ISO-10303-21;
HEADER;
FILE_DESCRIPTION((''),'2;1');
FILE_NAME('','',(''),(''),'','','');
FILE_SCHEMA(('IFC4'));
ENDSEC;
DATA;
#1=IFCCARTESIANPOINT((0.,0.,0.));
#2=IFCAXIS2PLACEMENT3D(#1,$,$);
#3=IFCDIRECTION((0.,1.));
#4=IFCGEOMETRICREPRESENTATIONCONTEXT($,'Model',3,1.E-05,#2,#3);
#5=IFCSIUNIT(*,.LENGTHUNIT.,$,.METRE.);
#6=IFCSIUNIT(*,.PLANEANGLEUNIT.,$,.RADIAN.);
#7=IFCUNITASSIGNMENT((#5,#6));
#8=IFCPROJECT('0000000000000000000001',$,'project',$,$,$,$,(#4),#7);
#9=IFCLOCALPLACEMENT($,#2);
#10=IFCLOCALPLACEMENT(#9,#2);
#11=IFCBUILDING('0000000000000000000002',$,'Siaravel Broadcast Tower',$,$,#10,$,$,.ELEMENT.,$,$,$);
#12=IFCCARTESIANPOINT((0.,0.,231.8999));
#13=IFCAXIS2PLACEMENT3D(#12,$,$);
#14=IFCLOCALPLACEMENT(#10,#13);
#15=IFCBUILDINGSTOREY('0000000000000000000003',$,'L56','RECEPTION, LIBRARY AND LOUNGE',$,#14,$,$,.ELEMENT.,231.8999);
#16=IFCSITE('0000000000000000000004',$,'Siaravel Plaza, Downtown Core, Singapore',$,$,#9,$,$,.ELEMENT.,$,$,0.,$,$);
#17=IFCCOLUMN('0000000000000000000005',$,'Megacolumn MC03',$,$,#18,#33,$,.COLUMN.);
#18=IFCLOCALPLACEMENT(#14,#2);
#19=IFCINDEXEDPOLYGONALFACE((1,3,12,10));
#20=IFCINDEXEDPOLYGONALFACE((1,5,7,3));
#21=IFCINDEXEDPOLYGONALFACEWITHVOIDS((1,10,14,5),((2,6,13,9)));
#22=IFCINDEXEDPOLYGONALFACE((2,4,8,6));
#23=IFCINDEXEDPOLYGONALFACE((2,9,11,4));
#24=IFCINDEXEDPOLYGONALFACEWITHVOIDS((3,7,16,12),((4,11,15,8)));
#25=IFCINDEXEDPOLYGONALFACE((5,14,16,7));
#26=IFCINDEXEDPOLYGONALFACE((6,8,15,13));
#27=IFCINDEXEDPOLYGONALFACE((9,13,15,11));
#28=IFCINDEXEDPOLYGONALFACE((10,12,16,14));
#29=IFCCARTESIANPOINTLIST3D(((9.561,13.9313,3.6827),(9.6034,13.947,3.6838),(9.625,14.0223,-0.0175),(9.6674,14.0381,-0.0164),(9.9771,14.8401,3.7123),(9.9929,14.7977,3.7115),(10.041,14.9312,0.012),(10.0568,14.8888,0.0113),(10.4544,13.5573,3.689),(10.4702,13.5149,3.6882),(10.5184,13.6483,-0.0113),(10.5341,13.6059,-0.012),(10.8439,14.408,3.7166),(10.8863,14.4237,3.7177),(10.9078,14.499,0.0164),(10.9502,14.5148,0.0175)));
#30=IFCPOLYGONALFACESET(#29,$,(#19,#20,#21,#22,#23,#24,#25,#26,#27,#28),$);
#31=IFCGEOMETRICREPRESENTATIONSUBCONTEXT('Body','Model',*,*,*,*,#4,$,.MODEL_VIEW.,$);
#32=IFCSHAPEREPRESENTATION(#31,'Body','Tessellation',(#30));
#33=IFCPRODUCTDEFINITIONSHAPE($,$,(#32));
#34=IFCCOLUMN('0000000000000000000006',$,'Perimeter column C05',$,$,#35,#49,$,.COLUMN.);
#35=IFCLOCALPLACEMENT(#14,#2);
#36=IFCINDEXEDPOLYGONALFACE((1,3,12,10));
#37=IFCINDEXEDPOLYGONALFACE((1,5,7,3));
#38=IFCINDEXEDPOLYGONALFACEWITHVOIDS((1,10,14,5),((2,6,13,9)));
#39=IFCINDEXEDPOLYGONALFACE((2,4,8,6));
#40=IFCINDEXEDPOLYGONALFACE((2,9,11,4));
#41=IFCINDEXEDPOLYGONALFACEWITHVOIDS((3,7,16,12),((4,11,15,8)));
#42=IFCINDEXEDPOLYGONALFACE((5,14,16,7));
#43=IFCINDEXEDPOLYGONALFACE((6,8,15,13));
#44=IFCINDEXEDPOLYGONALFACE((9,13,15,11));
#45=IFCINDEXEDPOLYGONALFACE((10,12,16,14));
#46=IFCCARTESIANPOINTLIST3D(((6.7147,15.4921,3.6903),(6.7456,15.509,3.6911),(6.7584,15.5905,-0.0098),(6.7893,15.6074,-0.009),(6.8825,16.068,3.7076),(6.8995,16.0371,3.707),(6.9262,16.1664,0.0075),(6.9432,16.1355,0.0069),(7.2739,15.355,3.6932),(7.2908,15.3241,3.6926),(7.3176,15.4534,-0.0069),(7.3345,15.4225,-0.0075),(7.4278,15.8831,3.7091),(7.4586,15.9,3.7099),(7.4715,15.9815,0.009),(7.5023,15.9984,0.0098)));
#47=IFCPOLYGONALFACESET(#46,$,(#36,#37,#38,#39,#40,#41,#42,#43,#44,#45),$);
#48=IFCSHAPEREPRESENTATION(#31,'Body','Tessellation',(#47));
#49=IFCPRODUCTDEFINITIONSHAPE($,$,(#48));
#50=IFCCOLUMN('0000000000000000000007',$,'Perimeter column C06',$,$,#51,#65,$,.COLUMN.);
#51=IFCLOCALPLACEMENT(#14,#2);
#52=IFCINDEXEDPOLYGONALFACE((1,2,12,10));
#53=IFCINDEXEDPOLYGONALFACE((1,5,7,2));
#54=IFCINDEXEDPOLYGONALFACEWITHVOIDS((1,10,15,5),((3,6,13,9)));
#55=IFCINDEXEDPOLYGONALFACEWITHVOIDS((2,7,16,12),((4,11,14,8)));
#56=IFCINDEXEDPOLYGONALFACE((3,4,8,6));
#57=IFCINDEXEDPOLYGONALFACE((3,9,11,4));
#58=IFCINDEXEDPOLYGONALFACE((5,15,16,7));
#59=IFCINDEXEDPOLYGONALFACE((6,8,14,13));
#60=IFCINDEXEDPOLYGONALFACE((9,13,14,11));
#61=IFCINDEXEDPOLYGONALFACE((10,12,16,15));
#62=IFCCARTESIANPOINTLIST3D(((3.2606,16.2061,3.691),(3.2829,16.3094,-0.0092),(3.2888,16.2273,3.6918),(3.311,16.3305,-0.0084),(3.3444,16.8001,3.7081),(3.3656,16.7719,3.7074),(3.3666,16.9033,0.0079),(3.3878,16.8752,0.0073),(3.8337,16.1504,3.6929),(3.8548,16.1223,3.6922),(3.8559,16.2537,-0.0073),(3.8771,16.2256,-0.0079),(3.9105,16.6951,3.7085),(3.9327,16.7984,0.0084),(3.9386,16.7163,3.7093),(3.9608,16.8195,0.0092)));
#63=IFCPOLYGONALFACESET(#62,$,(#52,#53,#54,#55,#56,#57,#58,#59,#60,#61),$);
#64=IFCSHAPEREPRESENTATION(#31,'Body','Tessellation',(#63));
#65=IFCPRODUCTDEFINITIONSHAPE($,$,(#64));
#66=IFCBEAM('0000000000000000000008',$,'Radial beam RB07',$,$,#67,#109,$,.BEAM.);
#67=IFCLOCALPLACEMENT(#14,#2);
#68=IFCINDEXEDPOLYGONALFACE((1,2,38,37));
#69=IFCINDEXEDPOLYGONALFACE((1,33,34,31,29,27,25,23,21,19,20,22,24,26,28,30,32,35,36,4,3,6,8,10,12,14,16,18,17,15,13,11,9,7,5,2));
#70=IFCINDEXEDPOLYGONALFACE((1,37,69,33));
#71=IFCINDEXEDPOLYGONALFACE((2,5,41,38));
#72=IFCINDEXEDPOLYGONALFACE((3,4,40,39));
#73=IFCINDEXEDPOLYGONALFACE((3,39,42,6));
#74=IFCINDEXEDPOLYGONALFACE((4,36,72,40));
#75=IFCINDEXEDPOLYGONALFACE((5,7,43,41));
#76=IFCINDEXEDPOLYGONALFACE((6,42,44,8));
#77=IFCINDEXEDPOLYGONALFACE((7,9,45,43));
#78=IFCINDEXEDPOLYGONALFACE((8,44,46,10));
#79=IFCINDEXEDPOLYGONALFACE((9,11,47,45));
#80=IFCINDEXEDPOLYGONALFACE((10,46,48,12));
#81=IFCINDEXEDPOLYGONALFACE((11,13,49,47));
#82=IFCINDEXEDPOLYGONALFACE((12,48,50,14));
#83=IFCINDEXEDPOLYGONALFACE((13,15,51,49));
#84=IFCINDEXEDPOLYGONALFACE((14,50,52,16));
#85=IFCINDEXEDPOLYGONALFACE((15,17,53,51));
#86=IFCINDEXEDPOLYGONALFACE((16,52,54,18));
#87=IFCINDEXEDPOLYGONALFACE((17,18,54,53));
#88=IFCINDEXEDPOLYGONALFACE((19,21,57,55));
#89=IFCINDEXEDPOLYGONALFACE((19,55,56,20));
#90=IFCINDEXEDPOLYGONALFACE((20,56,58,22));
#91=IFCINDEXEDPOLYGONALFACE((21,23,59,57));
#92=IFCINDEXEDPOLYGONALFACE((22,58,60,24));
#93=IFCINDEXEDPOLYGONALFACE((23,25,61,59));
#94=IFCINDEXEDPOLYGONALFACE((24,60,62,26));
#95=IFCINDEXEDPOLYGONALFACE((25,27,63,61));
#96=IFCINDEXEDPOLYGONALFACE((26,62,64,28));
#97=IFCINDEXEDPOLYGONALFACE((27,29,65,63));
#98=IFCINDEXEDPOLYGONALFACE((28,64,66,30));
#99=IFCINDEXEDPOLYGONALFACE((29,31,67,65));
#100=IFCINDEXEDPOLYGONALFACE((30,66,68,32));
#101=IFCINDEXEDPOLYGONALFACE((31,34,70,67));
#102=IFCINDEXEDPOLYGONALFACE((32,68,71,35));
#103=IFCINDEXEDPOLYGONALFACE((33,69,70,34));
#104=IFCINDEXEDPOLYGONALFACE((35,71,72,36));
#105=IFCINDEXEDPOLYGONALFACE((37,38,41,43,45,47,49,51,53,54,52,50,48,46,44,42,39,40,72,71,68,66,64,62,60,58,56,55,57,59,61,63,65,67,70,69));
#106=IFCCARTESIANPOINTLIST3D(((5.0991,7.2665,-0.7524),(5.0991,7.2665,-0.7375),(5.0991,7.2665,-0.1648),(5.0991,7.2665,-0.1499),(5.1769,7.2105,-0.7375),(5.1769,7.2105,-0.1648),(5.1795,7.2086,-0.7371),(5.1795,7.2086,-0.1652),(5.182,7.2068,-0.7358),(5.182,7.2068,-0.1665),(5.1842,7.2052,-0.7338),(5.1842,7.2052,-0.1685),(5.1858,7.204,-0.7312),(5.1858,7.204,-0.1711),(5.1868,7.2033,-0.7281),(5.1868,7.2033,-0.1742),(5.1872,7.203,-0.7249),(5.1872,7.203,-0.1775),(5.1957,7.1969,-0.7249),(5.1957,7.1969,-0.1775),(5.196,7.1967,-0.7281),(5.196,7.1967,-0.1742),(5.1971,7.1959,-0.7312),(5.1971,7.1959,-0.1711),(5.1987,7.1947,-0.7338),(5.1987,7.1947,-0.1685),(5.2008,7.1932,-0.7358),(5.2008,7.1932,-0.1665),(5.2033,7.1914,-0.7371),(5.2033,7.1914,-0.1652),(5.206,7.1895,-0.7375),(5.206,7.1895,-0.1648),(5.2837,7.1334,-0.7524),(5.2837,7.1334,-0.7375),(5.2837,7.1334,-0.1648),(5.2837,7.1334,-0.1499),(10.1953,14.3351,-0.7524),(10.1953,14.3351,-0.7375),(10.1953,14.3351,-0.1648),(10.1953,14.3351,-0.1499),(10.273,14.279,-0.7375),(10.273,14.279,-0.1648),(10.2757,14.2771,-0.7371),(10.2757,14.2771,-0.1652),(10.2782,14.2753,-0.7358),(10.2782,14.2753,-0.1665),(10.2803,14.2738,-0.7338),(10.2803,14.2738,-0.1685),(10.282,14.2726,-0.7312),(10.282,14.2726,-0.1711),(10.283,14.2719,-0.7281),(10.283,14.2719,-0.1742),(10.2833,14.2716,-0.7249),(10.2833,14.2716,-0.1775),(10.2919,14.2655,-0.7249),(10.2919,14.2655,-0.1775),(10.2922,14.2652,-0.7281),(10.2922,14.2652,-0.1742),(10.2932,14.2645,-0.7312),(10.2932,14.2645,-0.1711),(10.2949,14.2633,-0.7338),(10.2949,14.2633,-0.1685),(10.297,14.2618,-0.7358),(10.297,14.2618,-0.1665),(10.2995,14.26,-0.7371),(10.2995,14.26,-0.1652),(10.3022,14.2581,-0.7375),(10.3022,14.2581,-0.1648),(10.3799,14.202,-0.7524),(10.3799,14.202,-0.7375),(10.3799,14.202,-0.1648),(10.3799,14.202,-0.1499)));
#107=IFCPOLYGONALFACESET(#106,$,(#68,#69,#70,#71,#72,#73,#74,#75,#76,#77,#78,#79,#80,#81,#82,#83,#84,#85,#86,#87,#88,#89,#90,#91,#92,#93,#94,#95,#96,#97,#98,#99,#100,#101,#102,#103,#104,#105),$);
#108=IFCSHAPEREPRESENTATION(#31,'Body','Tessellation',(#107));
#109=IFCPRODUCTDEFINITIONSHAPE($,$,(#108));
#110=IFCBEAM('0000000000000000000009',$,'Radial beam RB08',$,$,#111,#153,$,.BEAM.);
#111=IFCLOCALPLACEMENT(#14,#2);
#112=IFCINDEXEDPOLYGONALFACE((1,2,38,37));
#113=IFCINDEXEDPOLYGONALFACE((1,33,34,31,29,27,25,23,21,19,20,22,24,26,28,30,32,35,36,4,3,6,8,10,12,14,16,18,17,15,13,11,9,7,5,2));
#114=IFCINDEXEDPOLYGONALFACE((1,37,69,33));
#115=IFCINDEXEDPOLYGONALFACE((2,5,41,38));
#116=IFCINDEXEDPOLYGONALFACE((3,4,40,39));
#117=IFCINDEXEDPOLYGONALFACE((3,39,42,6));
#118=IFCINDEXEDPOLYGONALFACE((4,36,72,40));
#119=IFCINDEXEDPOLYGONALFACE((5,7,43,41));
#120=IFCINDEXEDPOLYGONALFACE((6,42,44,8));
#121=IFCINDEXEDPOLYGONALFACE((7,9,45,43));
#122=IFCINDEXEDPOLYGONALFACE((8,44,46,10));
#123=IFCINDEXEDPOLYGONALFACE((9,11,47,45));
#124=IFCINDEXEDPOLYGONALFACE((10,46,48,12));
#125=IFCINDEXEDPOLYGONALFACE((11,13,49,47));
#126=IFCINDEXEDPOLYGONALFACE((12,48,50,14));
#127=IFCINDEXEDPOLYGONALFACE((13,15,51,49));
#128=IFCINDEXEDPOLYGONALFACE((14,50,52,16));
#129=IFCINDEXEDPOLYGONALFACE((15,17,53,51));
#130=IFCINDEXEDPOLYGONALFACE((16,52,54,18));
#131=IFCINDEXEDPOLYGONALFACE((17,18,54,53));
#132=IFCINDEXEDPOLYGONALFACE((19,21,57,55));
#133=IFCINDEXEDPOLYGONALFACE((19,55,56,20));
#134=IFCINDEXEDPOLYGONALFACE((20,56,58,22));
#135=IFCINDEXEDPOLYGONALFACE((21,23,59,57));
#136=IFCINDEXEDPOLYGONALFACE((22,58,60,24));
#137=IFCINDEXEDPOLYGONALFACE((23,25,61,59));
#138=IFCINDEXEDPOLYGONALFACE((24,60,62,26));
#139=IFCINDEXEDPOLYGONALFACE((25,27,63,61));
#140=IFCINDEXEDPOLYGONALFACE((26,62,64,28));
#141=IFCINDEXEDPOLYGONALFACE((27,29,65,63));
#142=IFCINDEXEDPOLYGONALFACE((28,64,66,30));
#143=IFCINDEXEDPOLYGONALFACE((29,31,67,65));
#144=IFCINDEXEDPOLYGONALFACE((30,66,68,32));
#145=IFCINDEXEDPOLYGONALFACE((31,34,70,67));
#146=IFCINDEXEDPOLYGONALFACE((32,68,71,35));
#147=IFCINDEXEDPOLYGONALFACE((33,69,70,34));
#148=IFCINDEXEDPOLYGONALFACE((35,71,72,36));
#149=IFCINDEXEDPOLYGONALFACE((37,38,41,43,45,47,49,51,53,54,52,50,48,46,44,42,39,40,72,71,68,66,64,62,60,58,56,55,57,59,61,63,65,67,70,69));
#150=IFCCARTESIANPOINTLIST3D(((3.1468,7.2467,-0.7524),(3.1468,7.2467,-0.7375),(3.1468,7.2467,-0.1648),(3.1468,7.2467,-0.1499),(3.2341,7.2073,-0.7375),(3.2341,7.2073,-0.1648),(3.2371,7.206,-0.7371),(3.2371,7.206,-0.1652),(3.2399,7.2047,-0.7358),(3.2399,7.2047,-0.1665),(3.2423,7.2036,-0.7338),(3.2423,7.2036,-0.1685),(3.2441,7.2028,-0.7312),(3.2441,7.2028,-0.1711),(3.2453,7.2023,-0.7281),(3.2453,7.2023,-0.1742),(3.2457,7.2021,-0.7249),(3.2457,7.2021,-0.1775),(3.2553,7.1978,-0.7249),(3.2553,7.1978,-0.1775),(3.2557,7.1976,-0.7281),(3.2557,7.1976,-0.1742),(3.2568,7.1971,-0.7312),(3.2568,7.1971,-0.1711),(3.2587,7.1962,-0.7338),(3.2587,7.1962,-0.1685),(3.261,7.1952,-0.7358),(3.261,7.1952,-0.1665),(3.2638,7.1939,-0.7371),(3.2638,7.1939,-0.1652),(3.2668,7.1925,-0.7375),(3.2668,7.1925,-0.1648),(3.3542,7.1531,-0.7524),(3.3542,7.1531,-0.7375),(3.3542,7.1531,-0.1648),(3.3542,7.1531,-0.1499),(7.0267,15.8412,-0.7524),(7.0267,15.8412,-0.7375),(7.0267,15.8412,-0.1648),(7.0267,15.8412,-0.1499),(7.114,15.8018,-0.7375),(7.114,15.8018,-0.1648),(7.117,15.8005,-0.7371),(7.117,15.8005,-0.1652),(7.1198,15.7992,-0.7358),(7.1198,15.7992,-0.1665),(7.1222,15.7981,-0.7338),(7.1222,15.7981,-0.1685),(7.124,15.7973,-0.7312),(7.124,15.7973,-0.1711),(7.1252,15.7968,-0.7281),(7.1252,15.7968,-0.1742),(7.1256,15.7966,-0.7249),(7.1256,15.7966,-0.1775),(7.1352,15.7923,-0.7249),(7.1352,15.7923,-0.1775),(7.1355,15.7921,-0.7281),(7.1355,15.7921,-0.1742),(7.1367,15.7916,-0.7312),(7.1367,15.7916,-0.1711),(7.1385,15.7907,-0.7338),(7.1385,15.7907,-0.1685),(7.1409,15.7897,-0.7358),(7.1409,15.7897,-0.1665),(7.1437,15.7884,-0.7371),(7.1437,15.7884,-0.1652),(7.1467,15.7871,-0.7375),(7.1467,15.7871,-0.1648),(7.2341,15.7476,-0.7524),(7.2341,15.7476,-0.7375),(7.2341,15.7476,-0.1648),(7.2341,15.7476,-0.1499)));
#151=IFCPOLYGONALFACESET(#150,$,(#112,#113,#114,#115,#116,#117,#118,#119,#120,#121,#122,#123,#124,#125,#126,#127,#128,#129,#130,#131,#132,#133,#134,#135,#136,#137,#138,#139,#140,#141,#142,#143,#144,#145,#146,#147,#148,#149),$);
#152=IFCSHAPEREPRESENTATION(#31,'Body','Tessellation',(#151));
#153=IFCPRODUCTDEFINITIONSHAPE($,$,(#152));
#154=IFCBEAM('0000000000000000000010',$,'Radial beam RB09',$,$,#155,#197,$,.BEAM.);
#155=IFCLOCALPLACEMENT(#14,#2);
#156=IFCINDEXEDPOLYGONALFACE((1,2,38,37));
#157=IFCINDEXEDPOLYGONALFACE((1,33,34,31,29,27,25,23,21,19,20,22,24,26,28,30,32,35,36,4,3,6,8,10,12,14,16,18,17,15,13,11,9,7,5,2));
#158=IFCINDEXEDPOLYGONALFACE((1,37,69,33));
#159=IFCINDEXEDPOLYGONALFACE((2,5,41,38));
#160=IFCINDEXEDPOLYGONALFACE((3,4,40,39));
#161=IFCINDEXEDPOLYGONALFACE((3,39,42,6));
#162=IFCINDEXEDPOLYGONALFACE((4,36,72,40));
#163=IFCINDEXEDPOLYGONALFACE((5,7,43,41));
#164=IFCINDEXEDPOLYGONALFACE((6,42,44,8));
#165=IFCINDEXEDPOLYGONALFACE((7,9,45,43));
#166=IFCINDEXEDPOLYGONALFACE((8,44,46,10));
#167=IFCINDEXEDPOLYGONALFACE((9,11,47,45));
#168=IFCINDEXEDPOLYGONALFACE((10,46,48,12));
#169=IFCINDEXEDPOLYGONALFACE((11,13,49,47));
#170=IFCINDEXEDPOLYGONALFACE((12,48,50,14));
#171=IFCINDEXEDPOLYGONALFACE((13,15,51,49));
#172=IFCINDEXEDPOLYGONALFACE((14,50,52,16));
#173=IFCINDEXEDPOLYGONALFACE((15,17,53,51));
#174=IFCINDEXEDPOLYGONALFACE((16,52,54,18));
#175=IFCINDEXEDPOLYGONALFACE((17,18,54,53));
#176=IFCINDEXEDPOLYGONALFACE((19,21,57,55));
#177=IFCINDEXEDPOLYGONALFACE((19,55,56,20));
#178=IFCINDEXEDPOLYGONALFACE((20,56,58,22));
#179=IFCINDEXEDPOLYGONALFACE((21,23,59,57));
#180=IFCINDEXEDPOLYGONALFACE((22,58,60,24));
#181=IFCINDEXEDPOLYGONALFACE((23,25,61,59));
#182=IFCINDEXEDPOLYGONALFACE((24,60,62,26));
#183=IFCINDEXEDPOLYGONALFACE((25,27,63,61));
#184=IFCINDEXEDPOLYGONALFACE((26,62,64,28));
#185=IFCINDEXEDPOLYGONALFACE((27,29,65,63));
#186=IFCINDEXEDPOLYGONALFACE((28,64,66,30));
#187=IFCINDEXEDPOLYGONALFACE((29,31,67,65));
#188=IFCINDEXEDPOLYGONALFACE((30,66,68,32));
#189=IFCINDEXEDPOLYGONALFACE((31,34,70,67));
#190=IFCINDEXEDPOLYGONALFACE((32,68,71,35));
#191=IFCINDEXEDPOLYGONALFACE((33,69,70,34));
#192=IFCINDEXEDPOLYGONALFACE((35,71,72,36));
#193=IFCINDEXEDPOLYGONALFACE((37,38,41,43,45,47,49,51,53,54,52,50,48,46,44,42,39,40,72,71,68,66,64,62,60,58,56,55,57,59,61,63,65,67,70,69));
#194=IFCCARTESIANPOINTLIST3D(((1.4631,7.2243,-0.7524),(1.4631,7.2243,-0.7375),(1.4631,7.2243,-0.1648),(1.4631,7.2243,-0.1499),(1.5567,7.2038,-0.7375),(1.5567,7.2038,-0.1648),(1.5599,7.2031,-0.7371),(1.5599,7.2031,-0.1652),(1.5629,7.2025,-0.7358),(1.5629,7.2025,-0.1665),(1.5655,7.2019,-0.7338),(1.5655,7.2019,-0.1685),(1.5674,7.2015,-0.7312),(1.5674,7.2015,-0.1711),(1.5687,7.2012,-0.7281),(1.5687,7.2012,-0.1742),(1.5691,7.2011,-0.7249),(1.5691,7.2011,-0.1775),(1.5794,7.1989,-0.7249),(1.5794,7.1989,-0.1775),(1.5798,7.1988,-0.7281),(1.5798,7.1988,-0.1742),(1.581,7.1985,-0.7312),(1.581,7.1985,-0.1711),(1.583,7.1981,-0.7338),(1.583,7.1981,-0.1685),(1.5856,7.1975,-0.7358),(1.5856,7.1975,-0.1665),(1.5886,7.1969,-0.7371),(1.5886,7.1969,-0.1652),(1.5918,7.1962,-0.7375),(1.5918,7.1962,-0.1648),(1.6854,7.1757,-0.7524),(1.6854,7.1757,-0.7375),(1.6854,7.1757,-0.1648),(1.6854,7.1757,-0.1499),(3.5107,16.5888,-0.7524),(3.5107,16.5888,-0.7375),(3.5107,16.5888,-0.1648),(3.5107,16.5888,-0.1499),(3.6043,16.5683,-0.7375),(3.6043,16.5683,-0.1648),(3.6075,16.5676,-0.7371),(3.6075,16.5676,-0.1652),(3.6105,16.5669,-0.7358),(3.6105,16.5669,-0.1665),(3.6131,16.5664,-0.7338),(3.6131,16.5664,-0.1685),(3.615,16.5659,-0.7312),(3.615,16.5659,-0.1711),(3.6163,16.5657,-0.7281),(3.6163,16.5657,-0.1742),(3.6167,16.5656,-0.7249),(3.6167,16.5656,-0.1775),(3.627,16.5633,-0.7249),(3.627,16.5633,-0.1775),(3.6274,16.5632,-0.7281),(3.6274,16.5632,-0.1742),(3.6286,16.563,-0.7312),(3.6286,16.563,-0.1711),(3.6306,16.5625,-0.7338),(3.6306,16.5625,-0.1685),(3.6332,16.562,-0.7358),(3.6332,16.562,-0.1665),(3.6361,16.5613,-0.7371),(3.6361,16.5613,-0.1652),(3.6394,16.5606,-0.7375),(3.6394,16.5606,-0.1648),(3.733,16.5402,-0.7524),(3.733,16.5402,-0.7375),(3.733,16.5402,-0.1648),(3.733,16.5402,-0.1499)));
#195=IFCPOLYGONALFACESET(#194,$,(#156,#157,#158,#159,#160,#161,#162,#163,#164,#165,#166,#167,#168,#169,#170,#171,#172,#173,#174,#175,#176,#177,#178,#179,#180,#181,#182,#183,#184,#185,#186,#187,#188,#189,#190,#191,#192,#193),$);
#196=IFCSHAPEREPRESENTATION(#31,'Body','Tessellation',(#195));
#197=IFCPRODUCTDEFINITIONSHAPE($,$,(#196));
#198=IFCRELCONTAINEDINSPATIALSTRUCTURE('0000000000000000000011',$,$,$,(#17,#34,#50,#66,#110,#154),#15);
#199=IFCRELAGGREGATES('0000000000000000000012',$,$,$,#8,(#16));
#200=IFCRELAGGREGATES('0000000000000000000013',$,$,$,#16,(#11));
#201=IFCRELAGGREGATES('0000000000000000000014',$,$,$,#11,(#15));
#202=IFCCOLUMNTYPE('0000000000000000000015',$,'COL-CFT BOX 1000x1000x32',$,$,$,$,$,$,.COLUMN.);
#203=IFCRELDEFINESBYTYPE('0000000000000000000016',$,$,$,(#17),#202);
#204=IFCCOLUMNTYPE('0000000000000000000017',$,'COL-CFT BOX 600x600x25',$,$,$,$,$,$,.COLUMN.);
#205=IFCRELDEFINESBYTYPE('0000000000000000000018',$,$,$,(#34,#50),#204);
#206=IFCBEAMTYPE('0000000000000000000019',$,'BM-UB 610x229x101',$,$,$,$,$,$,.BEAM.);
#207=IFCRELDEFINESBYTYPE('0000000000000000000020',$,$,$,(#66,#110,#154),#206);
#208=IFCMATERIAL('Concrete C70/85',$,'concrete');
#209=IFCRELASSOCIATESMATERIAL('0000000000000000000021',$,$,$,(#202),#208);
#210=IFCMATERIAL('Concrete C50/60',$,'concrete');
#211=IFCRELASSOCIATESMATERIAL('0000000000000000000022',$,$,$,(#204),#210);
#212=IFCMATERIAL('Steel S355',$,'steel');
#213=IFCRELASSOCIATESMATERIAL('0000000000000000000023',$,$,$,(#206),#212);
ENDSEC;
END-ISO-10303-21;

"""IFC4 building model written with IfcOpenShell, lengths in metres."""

from ifc_helpers import new_model, si_unit, direction, frame, origin, origin_2d, place, context, subcontext, project, spatial, hollow_rectangle, i_section, extrude, material, material_profile, profile_set, type_object, element, save


model = new_model("IFC4")

# Units and contexts
model_context = context("Model", 3, precision=1e-05, world=origin(), true_north=direction((0.0, 1.0)))
body_context = subcontext(model_context, "Body", "Model", "MODEL_VIEW")
ifc_project = project(units=[si_unit("LENGTHUNIT", "METRE"), si_unit("PLANEANGLEUNIT", "RADIAN")], contexts=[model_context])

# Site, building, storey
site_placement = place(None, origin())
site = spatial("IfcSite", under=ifc_project, at=site_placement, Name="Siaravel Plaza, Downtown Core, Singapore", CompositionType="ELEMENT", RefElevation=0.0)
building_placement = place(site_placement, origin())
building = spatial("IfcBuilding", under=site, at=building_placement, Name="Siaravel Broadcast Tower", CompositionType="ELEMENT")
storey_placement = place(building_placement, frame((0.0, 0.0, 231.8999)))
storey = spatial("IfcBuildingStorey", under=building, at=storey_placement, Name="L56", Description="RECEPTION, LIBRARY AND LOUNGE", CompositionType="ELEMENT", Elevation=231.8999)

# Columns
ifc_material_1 = material(Name="Concrete C70/85", Category="concrete")
ifc_material_profile_1 = material_profile(ifc_material_1, hollow_rectangle(XDim=1.0, YDim=1.0, WallThickness=0.032, at=origin_2d()))
ifc_profile_set_1 = profile_set([ifc_material_profile_1], Name="Concrete C70/85")
column_type_1 = type_object("IfcColumnType", Name="COL-CFT BOX 1000x1000x32", PredefinedType="COLUMN", material=ifc_profile_set_1)
column_placement = place(storey_placement, frame((10.2876, 14.2686, 0.0), z_axis=(-0.017279, -0.0246, 0.999548), x_axis=(0.909169, -0.416391, 0.005469)))
element("IfcColumn", 1, at=column_placement, inside=storey, type_object=column_type_1, Name="Megacolumn MC03", PredefinedType="COLUMN", context=body_context, shape_type="SweptSolid", body=[
    extrude(hollow_rectangle(XDim=1.0, YDim=1.0, WallThickness=0.032, at=origin_2d()), origin(), (0.0, 0.0, 1.0), 3.7019),
])
ifc_material_2 = material(Name="Concrete C50/60", Category="concrete")
ifc_material_profile_2 = material_profile(ifc_material_2, hollow_rectangle(XDim=0.6001, YDim=0.6001, WallThickness=0.0249, at=origin_2d()))
ifc_profile_set_2 = profile_set([ifc_material_profile_2], Name="Concrete C50/60")
column_type_2 = type_object("IfcColumnType", Name="COL-CFT BOX 600x600x25", PredefinedType="COLUMN", material=ifc_profile_set_2)
for number, where, z_axis, x_axis, name in (
    (2, (7.1304, 15.7944, 0.0), (-0.011806, -0.026579, 0.999577), (0.960011, -0.279936, 0.003895), "Perimeter column C05"),
    (3, (3.6218, 16.5645, 0.0), (-0.006002, -0.027898, 0.999593), (0.990199, -0.139651, 0.002048), "Perimeter column C06"),
):
    element("IfcColumn", number, at=place(storey_placement, frame(where, z_axis=z_axis, x_axis=x_axis)), inside=storey, type_object=column_type_2, Name=name, PredefinedType="COLUMN", context=body_context, shape_type="SweptSolid", body=[
        extrude(hollow_rectangle(XDim=0.6001, YDim=0.6001, WallThickness=0.0249, at=origin_2d()), origin(), (0.0, 0.0, 1.0), 3.7017),
    ])

# Beams
ifc_material_3 = material(Name="Steel S355", Category="steel")
ifc_material_profile_3 = material_profile(ifc_material_3, i_section(OverallWidth=0.2275, OverallDepth=0.6025, WebThickness=0.0105, FlangeThickness=0.0149, FilletRadius=0.0127, at=origin_2d()))
ifc_profile_set_3 = profile_set([ifc_material_profile_3], Name="Steel S355")
beam_type = type_object("IfcBeamType", Name="BM-UB 610x229x101", PredefinedType="BEAM", material=ifc_profile_set_3)
beam_1_placement = place(storey_placement, frame((10.2876, 14.2686, -0.4512), z_axis=(-0.584818, -0.811164, 0.0), x_axis=(0.811164, -0.584818, 0.0)))
element("IfcBeam", 4, at=beam_1_placement, inside=storey, type_object=beam_type, Name="Radial beam RB07", PredefinedType="BEAM", context=body_context, shape_type="SweptSolid", body=[
    extrude(i_section(OverallWidth=0.2275, OverallDepth=0.6025, WebThickness=0.0105, FlangeThickness=0.0149, FilletRadius=0.0127, at=origin_2d()), origin(), (0.0, 0.0, 1.0), 8.7141),
])
beam_2_placement = place(storey_placement, frame((7.1304, 15.7944, -0.4512), z_axis=(-0.411455, -0.91143, 0.0), x_axis=(0.91143, -0.411455, 0.0)))
element("IfcBeam", 5, at=beam_2_placement, inside=storey, type_object=beam_type, Name="Radial beam RB08", PredefinedType="BEAM", context=body_context, shape_type="SweptSolid", body=[
    extrude(i_section(OverallWidth=0.2275, OverallDepth=0.6025, WebThickness=0.0105, FlangeThickness=0.0149, FilletRadius=0.0127, at=origin_2d()), origin(), (0.0, 0.0, 1.0), 9.4297),
])
beam_3_placement = place(storey_placement, frame((3.6218, 16.5645, -0.4512), z_axis=(-0.21361, -0.976919, 0.0), x_axis=(0.976919, -0.21361, 0.0)))
element("IfcBeam", 6, at=beam_3_placement, inside=storey, type_object=beam_type, Name="Radial beam RB09", PredefinedType="BEAM", context=body_context, shape_type="SweptSolid", body=[
    extrude(i_section(OverallWidth=0.2275, OverallDepth=0.6025, WebThickness=0.0105, FlangeThickness=0.0149, FilletRadius=0.0127, at=origin_2d()), origin(), (0.0, 0.0, 1.0), 9.5857),
])

save(model, "model.ifc")
